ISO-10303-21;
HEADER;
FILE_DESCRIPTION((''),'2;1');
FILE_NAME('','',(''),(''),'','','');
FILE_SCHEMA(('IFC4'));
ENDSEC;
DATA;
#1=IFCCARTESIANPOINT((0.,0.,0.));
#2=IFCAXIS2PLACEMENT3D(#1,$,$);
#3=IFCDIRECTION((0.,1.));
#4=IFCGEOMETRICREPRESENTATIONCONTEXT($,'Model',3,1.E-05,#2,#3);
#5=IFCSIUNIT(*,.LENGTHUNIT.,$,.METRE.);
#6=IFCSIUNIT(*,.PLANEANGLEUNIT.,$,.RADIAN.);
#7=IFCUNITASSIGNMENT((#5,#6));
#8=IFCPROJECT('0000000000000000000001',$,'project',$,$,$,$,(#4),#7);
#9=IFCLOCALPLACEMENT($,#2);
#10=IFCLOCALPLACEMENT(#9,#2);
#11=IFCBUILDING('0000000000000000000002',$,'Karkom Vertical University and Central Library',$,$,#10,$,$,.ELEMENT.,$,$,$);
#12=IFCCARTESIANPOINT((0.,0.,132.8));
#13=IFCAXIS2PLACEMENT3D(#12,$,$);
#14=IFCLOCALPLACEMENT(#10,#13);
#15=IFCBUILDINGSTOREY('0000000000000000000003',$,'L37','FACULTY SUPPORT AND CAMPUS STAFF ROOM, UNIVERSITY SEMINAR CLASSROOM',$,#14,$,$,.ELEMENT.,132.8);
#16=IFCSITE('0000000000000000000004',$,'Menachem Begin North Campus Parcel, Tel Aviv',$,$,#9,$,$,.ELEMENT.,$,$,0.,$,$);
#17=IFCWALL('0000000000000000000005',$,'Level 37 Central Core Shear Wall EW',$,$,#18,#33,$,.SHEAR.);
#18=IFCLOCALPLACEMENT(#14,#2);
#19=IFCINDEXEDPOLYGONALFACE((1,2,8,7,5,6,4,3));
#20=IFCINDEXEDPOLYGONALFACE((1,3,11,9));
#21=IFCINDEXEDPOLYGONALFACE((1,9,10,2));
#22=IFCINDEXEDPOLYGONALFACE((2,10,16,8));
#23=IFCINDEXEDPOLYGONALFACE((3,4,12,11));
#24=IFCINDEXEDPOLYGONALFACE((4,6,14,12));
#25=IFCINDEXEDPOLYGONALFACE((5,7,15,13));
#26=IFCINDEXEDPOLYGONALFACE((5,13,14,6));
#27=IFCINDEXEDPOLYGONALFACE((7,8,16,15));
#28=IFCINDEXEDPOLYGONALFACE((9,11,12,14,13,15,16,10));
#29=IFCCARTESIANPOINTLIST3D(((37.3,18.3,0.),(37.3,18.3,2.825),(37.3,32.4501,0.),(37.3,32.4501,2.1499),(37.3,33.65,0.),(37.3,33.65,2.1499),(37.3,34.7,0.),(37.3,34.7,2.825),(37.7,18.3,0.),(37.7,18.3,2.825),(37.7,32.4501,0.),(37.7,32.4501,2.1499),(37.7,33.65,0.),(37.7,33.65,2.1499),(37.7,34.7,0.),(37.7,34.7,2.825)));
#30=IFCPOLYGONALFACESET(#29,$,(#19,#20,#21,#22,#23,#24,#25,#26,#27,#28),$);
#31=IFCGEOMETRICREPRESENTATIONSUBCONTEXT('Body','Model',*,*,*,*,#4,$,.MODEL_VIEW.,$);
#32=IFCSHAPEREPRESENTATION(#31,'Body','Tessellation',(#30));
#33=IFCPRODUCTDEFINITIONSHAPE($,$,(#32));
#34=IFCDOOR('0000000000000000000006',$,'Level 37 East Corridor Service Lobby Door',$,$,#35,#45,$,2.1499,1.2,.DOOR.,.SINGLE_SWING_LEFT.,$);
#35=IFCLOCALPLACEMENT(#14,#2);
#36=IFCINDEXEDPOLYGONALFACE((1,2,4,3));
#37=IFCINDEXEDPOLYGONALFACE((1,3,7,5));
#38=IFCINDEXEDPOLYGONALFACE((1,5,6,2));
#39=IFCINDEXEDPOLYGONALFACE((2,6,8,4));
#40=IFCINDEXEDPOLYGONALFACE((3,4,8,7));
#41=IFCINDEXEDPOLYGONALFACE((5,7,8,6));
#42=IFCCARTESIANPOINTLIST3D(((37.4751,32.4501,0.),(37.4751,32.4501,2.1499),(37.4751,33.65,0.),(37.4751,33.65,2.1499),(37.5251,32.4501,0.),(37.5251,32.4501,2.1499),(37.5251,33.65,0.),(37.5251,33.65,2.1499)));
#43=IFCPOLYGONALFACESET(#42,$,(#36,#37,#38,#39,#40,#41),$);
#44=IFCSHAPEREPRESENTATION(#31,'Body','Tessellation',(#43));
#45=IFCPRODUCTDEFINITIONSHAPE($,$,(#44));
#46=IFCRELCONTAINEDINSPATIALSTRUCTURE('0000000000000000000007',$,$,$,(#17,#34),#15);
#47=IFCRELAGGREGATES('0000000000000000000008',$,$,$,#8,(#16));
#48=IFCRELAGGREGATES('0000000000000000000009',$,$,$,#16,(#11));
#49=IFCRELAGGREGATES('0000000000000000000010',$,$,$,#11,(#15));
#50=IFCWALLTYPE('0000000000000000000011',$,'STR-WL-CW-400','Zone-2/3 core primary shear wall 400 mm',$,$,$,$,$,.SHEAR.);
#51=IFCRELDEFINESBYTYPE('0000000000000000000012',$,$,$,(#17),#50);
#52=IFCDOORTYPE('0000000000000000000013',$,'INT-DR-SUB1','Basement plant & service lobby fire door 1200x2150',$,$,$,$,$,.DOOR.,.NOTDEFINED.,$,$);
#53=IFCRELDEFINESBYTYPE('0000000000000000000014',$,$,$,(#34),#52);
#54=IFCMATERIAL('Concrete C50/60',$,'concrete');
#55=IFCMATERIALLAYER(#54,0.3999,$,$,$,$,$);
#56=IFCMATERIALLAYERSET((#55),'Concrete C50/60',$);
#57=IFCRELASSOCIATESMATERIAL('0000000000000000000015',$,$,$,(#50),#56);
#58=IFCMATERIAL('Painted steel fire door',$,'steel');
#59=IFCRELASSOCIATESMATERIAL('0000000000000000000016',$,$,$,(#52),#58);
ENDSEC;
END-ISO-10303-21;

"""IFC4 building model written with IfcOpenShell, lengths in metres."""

from ifc_helpers import new_model, si_unit, direction, frame, frame_2d, origin, origin_with_axes, place, context, subcontext, project, spatial, rectangle, extrude, source, transform, mapped, material, layer, layer_set, type_object, element, fill, save


model = new_model("IFC4")

# Units and contexts
model_context = context("Model", 3, precision=1e-05, world=origin(), true_north=direction((0.0, 1.0)))
body_context = subcontext(model_context, "Body", "Model", "MODEL_VIEW")
ifc_project = project(units=[si_unit("LENGTHUNIT", "METRE"), si_unit("PLANEANGLEUNIT", "RADIAN")], contexts=[model_context])

# Site, building, storey
site_placement = place(None, origin())
site = spatial("IfcSite", under=ifc_project, at=site_placement, Name="Menachem Begin North Campus Parcel, Tel Aviv", CompositionType="ELEMENT", RefElevation=0.0)
building_placement = place(site_placement, origin())
building = spatial("IfcBuilding", under=site, at=building_placement, Name="Karkom Vertical University and Central Library", CompositionType="ELEMENT")
storey_placement = place(building_placement, frame((0.0, 0.0, 132.8)))
storey = spatial("IfcBuildingStorey", under=building, at=storey_placement, Name="L37", Description="FACULTY SUPPORT AND CAMPUS STAFF ROOM, UNIVERSITY SEMINAR CLASSROOM", CompositionType="ELEMENT", Elevation=132.8)

# Shared definitions
ifc_material_1 = material(Name="Concrete C50/60", Category="concrete")

# Wall, opening, door
ifc_layer_1 = layer(ifc_material_1, 0.3999)
ifc_layer_set_1 = layer_set([ifc_layer_1], Name="Concrete C50/60")
wall_type_1 = type_object("IfcWallType", Name="STR-WL-CW-400", Description="Zone-2/3 core primary shear wall 400 mm", PredefinedType="SHEAR", material=ifc_layer_set_1)
wall_1_placement = place(storey_placement, frame((37.5, 18.3, 0.0), z_axis=(0.0, 0.0, 1.0), x_axis=(0.0, 1.0, 0.0)))
wall_1 = element("IfcWall", 1, at=wall_1_placement, inside=storey, type_object=wall_type_1, Name="Level 37 Central Core Shear Wall EW", PredefinedType="SHEAR", context=body_context, shape_type="SweptSolid", body=[
    extrude(rectangle(XDim=16.3999, YDim=0.3999, at=frame_2d((8.2, 0.0))), origin(), (0.0, 0.0, 1.0), 2.825),
])
opening_1_placement = place(wall_1_placement, frame((14.1499, 0.0, 0.0)))
opening_1 = element("IfcOpeningElement", 2, at=opening_1_placement, cuts=wall_1, PredefinedType="OPENING", context=body_context, shape_type="SweptSolid", body=[
    extrude(rectangle(XDim=1.2, YDim=2.1499, at=frame_2d((0.6001, 1.075))), frame((0.0, 0.21, 0.0), z_axis=(0.0, -1.0, 0.0), x_axis=(1.0, 0.0, 0.0)), (0.0, 0.0, 1.0), 0.4199),
])
ifc_material_2 = material(Name="Painted steel fire door", Category="steel")
door_type_1 = type_object("IfcDoorType", Name="INT-DR-SUB1", Description="Basement plant & service lobby fire door 1200x2150", OperationType="NOTDEFINED", PredefinedType="DOOR", material=ifc_material_2)
shared_shape_1 = source(origin_with_axes(), body_context, "Body", "SweptSolid", [
    extrude(rectangle(XDim=1.2, YDim=2.1499, at=frame_2d((0.6001, 1.075))), frame((0.0, 0.0249, 0.0), z_axis=(0.0, -1.0, 0.0), x_axis=(1.0, 0.0, 0.0)), (0.0, 0.0, 1.0), 0.05),
])
door_1_placement = place(opening_1_placement, origin())
door_1 = element("IfcDoor", 3, at=door_1_placement, inside=storey, type_object=door_type_1, Name="Level 37 East Corridor Service Lobby Door", OperationType="SINGLE_SWING_LEFT", OverallHeight=2.1499, OverallWidth=1.2, PredefinedType="DOOR", context=body_context, shape_type="MappedRepresentation", body=[
    mapped(shared_shape_1, transform((0.0, 0.0, 0.0), scale=1.0)),
])
fill(opening_1, door_1)

save(model, "model.ifc")
